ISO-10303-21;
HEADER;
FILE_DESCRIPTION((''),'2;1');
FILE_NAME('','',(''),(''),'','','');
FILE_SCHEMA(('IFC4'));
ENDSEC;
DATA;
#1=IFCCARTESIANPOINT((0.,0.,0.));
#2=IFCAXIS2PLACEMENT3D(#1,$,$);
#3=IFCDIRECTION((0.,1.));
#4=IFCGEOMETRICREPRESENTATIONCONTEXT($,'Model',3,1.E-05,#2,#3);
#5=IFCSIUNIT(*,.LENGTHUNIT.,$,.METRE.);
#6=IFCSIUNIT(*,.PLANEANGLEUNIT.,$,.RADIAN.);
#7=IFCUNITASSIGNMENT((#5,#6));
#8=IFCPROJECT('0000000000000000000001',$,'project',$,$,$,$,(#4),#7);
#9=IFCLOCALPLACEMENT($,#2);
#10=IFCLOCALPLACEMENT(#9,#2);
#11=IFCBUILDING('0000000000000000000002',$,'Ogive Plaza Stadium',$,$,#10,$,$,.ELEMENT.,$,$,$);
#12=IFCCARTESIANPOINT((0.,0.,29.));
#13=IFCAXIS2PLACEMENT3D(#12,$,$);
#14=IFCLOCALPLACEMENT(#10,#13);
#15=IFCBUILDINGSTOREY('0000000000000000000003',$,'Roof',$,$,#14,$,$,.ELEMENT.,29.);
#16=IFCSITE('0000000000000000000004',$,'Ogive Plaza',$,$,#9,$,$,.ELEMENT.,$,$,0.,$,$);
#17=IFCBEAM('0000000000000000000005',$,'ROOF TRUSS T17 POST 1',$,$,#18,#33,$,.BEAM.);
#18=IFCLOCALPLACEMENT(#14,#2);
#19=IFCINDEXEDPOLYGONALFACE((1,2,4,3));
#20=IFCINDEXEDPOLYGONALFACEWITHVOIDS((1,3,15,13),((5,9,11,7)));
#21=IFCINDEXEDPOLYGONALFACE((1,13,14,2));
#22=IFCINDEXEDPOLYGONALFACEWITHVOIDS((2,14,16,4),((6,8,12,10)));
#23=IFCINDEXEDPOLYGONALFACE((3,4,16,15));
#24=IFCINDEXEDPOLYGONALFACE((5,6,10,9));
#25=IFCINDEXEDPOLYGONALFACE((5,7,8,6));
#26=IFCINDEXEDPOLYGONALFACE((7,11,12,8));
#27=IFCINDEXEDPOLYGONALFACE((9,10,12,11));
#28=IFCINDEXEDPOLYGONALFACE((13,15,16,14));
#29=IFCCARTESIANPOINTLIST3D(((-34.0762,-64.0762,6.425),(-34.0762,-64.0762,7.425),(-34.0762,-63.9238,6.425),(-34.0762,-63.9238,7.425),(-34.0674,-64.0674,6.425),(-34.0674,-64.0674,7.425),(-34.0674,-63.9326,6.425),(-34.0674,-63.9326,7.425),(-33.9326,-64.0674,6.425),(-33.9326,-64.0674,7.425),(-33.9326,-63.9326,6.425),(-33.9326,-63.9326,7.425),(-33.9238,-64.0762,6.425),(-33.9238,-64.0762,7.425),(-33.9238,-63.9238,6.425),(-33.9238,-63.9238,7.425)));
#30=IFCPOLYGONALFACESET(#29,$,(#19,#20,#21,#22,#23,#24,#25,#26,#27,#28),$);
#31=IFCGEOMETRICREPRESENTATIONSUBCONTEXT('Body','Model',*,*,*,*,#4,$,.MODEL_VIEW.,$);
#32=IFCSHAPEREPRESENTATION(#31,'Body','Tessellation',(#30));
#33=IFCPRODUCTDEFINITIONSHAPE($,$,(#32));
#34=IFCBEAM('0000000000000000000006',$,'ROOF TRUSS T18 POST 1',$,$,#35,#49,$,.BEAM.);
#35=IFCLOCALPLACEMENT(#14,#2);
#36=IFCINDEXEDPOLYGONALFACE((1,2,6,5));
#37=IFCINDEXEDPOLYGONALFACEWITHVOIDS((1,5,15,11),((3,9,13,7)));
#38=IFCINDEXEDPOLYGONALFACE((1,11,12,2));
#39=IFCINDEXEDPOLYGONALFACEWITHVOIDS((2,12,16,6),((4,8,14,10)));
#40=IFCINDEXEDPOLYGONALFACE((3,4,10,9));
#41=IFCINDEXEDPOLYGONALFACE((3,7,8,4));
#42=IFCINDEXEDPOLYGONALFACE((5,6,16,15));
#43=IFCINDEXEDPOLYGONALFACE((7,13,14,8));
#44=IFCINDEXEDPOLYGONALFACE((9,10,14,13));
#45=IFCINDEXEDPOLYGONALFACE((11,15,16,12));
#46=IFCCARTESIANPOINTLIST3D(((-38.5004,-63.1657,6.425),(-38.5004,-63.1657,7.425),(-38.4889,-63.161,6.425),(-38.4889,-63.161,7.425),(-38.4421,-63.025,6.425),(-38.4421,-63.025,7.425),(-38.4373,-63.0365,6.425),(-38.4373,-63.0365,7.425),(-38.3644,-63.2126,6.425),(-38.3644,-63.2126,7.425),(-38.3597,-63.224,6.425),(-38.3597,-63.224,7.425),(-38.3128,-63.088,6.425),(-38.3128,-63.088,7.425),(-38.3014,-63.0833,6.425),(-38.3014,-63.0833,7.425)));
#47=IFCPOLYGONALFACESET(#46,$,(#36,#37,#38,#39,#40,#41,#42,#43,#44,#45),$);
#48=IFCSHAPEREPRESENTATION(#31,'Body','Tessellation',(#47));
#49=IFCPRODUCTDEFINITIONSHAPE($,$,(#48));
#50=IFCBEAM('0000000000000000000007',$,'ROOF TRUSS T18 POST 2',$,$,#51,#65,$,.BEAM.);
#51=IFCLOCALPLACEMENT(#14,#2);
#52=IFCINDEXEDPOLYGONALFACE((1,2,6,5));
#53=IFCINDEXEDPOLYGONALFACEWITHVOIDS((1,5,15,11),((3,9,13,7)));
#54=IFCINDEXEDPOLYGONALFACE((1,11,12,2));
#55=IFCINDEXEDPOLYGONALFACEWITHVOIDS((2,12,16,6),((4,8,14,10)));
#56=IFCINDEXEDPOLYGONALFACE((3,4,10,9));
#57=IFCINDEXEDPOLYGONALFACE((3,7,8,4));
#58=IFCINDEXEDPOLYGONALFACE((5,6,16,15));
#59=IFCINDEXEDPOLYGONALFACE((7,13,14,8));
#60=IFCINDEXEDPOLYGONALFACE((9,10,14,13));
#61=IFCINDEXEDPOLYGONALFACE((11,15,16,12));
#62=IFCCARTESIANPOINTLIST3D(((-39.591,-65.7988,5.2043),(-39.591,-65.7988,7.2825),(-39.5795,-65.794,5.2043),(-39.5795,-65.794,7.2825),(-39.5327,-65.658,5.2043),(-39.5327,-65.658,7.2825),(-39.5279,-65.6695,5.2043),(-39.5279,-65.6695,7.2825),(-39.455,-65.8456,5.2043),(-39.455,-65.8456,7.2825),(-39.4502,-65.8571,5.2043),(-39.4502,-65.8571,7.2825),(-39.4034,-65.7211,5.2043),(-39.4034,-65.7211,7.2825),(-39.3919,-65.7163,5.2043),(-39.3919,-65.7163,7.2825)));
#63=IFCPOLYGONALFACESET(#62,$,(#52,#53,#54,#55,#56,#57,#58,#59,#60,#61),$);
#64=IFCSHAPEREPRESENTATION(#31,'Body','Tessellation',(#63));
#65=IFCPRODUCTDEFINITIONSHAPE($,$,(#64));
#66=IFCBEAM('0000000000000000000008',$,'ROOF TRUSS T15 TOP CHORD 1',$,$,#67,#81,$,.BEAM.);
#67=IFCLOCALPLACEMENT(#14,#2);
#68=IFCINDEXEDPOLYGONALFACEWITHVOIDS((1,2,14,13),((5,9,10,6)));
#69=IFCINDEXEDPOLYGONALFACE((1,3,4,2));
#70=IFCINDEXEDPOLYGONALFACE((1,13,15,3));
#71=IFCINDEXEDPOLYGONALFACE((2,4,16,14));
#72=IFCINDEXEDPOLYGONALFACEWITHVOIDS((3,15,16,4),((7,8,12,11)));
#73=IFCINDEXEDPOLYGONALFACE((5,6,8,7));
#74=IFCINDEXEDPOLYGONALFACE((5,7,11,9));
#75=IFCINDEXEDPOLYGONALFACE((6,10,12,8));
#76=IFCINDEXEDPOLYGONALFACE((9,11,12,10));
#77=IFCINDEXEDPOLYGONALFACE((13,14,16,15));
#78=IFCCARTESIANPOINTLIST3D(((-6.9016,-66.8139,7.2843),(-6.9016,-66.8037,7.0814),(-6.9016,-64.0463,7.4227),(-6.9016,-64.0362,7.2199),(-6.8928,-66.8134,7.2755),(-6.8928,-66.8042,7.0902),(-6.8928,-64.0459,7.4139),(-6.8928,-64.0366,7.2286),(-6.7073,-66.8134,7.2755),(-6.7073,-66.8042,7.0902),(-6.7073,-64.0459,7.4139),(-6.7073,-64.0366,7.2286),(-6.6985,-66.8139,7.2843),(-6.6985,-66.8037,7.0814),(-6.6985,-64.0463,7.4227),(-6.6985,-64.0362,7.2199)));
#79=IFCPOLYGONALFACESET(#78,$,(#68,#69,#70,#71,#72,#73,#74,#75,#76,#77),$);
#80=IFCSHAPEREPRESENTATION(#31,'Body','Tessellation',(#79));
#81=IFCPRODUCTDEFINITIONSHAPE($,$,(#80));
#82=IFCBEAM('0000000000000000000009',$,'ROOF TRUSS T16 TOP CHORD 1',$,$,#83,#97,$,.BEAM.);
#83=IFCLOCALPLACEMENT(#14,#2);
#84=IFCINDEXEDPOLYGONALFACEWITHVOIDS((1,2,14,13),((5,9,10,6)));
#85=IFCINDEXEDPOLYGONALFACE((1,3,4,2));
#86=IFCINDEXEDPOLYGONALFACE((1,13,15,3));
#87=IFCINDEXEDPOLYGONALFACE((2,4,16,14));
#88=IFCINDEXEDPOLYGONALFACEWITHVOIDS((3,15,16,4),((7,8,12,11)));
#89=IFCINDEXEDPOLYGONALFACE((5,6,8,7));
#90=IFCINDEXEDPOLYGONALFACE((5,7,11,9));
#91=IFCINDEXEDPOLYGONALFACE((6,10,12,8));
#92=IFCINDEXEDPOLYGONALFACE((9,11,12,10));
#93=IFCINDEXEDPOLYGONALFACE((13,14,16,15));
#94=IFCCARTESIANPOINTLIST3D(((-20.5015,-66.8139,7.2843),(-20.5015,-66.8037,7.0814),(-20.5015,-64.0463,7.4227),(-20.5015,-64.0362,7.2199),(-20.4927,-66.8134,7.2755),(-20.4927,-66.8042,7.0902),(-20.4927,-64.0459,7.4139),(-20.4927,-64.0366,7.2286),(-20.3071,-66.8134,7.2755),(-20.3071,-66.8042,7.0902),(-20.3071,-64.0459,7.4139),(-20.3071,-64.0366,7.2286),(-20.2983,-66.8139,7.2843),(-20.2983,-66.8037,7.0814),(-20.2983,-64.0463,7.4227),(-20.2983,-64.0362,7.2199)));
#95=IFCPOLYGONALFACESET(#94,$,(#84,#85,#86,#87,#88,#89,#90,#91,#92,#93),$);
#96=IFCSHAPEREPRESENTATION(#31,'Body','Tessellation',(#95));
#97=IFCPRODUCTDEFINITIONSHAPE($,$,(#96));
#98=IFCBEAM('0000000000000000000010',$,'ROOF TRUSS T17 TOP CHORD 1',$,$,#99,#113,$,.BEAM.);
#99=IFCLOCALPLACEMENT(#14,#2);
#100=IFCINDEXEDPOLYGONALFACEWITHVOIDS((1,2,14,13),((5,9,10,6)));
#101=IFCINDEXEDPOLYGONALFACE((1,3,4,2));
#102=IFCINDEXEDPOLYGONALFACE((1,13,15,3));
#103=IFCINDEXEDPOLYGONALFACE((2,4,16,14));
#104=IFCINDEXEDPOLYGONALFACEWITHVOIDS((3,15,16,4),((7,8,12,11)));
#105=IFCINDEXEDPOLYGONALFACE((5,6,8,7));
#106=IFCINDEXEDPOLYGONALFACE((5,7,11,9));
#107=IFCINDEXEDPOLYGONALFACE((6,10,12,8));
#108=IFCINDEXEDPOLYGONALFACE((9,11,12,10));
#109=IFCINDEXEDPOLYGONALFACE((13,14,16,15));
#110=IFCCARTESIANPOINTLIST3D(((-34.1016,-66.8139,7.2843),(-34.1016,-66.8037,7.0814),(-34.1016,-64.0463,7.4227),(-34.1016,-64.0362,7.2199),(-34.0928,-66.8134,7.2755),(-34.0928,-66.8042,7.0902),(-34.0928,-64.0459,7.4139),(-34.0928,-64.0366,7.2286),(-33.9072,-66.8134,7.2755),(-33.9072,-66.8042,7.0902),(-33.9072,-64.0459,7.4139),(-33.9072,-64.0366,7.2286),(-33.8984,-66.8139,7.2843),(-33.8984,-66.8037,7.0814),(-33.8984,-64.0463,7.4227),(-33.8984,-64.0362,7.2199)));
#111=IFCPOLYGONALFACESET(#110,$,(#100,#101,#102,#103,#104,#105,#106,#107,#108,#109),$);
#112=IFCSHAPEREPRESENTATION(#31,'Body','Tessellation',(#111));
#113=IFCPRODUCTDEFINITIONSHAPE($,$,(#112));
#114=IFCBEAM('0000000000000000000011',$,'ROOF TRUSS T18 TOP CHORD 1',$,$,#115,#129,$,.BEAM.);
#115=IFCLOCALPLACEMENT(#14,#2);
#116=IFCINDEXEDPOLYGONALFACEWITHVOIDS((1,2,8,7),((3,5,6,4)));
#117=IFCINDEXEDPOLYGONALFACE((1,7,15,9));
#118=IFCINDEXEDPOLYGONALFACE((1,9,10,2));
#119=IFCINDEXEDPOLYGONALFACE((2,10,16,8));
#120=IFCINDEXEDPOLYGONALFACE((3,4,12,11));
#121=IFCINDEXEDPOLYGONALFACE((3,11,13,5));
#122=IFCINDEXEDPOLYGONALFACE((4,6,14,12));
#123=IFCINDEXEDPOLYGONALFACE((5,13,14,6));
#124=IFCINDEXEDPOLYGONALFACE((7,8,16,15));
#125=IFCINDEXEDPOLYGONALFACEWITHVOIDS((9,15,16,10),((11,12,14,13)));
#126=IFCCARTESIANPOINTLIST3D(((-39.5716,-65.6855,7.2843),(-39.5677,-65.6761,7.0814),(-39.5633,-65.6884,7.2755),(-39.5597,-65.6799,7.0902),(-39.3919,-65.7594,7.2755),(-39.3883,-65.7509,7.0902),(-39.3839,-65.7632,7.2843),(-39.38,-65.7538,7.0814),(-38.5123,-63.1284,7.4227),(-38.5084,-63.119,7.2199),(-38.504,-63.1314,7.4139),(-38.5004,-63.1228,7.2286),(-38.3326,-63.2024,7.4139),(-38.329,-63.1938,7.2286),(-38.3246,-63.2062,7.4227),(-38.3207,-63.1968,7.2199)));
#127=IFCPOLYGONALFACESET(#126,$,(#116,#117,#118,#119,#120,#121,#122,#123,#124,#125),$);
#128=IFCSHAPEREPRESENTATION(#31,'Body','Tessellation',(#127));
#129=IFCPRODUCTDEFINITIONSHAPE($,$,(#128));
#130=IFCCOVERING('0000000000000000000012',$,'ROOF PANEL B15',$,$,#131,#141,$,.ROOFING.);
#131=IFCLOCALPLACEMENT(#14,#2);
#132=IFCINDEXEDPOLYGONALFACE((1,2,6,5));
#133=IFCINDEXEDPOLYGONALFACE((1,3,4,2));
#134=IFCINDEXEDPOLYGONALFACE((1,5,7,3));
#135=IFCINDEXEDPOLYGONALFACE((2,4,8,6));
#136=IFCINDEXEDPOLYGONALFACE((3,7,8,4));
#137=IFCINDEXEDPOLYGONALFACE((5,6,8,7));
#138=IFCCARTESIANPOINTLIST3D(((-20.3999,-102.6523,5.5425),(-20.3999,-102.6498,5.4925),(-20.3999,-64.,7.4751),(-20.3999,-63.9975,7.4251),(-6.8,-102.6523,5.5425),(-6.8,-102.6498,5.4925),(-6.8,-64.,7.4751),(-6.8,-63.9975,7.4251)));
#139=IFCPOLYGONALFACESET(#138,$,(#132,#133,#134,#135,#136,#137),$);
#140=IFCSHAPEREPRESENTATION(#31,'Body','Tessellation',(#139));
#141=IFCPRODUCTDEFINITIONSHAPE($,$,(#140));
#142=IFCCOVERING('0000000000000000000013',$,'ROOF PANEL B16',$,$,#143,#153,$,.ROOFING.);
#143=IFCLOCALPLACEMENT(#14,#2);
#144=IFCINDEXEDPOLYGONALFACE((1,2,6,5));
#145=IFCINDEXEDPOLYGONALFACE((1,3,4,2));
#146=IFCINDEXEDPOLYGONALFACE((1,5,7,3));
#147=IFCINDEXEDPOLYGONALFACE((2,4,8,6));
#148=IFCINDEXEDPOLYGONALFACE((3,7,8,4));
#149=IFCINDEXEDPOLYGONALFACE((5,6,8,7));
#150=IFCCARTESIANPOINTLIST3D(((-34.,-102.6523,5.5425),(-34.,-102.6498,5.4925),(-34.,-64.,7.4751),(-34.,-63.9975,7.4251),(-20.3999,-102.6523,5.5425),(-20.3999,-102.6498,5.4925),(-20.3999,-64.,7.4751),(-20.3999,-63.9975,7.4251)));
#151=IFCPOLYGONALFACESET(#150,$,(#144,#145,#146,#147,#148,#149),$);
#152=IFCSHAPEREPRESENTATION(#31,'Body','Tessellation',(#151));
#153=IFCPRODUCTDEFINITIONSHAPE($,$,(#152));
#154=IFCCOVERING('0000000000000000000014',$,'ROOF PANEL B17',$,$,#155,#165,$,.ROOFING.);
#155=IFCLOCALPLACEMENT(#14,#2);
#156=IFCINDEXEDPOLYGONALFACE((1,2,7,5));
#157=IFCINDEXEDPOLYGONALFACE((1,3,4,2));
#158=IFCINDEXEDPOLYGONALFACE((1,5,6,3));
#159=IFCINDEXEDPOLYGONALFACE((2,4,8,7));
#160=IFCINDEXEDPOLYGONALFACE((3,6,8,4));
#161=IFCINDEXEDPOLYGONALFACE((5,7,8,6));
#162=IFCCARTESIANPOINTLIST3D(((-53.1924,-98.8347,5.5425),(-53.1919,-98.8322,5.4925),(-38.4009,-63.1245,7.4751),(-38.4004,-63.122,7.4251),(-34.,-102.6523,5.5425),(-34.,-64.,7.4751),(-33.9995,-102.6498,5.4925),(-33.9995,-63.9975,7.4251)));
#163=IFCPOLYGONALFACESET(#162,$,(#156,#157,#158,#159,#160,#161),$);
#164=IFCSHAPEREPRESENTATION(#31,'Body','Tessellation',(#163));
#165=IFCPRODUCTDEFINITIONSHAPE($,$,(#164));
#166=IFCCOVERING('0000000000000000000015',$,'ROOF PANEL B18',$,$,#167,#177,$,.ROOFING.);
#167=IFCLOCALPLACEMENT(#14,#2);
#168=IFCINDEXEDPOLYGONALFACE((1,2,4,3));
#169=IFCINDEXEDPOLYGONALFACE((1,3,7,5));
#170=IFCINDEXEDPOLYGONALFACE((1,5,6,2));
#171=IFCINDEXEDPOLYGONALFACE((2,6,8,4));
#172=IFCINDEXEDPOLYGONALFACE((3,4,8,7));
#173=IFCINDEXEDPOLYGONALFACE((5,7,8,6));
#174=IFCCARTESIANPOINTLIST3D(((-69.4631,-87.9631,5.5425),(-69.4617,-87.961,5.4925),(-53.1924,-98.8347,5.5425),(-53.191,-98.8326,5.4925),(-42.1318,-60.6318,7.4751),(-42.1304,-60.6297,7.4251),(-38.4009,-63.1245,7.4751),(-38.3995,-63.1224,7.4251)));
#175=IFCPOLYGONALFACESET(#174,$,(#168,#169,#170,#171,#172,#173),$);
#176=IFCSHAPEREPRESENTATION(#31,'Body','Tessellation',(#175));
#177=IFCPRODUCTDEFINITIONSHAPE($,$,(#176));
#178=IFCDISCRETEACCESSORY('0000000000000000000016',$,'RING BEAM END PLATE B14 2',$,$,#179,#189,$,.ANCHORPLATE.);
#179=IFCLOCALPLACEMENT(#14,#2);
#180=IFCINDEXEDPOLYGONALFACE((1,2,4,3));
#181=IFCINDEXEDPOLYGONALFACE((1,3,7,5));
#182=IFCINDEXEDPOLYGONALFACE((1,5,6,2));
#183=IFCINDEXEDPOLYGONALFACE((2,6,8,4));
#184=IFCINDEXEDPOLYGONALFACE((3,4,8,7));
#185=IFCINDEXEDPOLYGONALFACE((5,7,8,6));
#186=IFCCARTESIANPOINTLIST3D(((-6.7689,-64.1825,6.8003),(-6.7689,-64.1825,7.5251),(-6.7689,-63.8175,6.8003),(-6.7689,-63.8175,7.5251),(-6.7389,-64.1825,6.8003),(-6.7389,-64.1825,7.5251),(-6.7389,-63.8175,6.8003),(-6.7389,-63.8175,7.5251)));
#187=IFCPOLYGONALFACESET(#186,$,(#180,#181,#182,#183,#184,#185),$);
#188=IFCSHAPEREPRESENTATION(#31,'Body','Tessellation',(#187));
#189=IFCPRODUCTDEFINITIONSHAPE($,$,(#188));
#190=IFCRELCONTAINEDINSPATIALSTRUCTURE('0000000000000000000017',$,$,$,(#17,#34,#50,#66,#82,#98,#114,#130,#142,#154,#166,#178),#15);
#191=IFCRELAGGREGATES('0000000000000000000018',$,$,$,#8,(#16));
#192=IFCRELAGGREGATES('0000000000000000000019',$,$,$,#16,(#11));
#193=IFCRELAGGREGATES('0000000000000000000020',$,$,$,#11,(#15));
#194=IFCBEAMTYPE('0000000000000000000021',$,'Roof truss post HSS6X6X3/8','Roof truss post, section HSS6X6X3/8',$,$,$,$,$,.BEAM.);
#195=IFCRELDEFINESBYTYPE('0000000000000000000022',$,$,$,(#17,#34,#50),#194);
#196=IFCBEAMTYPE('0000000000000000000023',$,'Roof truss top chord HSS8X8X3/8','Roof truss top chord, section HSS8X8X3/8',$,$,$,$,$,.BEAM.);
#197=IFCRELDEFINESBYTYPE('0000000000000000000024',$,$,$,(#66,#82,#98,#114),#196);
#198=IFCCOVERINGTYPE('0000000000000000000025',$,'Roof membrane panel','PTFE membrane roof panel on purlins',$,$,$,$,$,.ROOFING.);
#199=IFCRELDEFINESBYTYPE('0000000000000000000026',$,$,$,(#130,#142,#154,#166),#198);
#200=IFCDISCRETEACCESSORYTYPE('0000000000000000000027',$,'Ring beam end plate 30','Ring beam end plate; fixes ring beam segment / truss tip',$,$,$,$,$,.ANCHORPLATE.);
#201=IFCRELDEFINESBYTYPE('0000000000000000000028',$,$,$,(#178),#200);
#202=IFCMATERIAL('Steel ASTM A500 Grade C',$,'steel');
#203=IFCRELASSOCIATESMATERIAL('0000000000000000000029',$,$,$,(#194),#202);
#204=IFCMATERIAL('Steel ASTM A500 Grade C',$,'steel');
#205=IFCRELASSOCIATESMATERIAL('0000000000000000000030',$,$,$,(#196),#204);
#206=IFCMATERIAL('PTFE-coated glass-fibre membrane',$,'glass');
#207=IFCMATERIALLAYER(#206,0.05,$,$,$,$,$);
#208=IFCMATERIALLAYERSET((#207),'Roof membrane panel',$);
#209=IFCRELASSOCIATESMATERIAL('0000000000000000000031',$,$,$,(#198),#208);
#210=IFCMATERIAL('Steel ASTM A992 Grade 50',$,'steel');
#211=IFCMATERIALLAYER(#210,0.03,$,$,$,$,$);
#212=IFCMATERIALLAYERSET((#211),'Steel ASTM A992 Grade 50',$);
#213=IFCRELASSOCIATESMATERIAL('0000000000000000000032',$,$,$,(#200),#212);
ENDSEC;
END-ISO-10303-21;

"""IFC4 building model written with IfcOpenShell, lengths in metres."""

from ifc_helpers import new_model, si_unit, direction, frame, origin, origin_2d, place, context, subcontext, project, spatial, polyline, rectangle, hollow_rectangle, outline, extrude, material, layer, layer_set, material_profile, profile_set, type_object, element, save


model = new_model("IFC4")

# Units and contexts
model_context = context("Model", 3, precision=1e-05, world=origin(), true_north=direction((0.0, 1.0)))
body_context = subcontext(model_context, "Body", "Model", "MODEL_VIEW")
ifc_project = project(units=[si_unit("LENGTHUNIT", "METRE"), si_unit("PLANEANGLEUNIT", "RADIAN")], contexts=[model_context])

# Site, building, storey
site_placement = place(None, origin())
site = spatial("IfcSite", under=ifc_project, at=site_placement, Name="Ogive Plaza", CompositionType="ELEMENT", RefElevation=0.0)
building_placement = place(site_placement, origin())
building = spatial("IfcBuilding", under=site, at=building_placement, Name="Ogive Plaza Stadium", CompositionType="ELEMENT")
storey_placement = place(building_placement, frame((0.0, 0.0, 29.0)))
storey = spatial("IfcBuildingStorey", under=building, at=storey_placement, Name="Roof", CompositionType="ELEMENT", Elevation=29.0)

# Beams
ifc_material_1 = material(Name="Steel ASTM A500 Grade C", Category="steel")
ifc_material_profile_1 = material_profile(ifc_material_1, hollow_rectangle(XDim=0.1523, YDim=0.1523, WallThickness=0.0088, at=origin_2d()), Name="HSS6X6X3/8")
ifc_profile_set_1 = profile_set([ifc_material_profile_1], Name="Steel ASTM A500 Grade C")
beam_type_1 = type_object("IfcBeamType", Name="Roof truss post HSS6X6X3/8", Description="Roof truss post, section HSS6X6X3/8", PredefinedType="BEAM", material=ifc_profile_set_1)
for number, where, z_axis, x_axis, name in (
    (1, (-34.0, -64.0, 6.425), (0.0, 0.0, 1.0), (1.0, 0.0, 0.0), "ROOF TRUSS T17 POST 1"),
    (2, (-38.4009, -63.1245, 6.425), (0.0, 0.0, 1.0), (0.92388, -0.382683, 0.0), "ROOF TRUSS T18 POST 1"),
):
    element("IfcBeam", number, at=place(storey_placement, frame(where, z_axis=z_axis, x_axis=x_axis)), inside=storey, type_object=beam_type_1, Name=name, PredefinedType="BEAM", context=body_context, shape_type="SweptSolid", body=[
        extrude(hollow_rectangle(XDim=0.1523, YDim=0.1523, WallThickness=0.0088, at=origin_2d()), origin(), (0.0, 0.0, 1.0), 1.0),
    ])
beam_1_placement = place(storey_placement, frame((-39.4915, -65.7576, 5.2043), z_axis=(0.0, 0.0, 1.0), x_axis=(0.92388, -0.382683, 0.0)))
element("IfcBeam", 3, at=beam_1_placement, inside=storey, type_object=beam_type_1, Name="ROOF TRUSS T18 POST 2", PredefinedType="BEAM", context=body_context, shape_type="SweptSolid", body=[
    extrude(hollow_rectangle(XDim=0.1523, YDim=0.1523, WallThickness=0.0088, at=origin_2d()), origin(), (0.0, 0.0, 1.0), 2.0781),
])
ifc_material_2 = material(Name="Steel ASTM A500 Grade C", Category="steel")
ifc_material_profile_2 = material_profile(ifc_material_2, hollow_rectangle(XDim=0.2031, YDim=0.2031, WallThickness=0.0088, at=origin_2d()), Name="HSS8X8X3/8")
ifc_profile_set_2 = profile_set([ifc_material_profile_2], Name="Steel ASTM A500 Grade C")
beam_type_2 = type_object("IfcBeamType", Name="Roof truss top chord HSS8X8X3/8", Description="Roof truss top chord, section HSS8X8X3/8", PredefinedType="BEAM", material=ifc_profile_set_2)
for number, where, z_axis, x_axis, name in (
    (4, (-6.8, -64.0413, 7.3213), (0.0, -0.998751, -0.049955), (1.0, 0.0, 0.0), "ROOF TRUSS T15 TOP CHORD 1"),
    (5, (-20.3999, -64.0413, 7.3213), (0.0, -0.998751, -0.049955), (1.0, 0.0, 0.0), "ROOF TRUSS T16 TOP CHORD 1"),
    (6, (-34.0, -64.0413, 7.3213), (0.0, -0.998751, -0.049955), (1.0, 0.0, 0.0), "ROOF TRUSS T17 TOP CHORD 1"),
):
    element("IfcBeam", number, at=place(storey_placement, frame(where, z_axis=z_axis, x_axis=x_axis)), inside=storey, type_object=beam_type_2, Name=name, PredefinedType="BEAM", context=body_context, shape_type="SweptSolid", body=[
        extrude(hollow_rectangle(XDim=0.2031, YDim=0.2031, WallThickness=0.0088, at=origin_2d()), origin(), (0.0, 0.0, 1.0), 2.771),
    ])
beam_2_placement = place(storey_placement, frame((-38.4165, -63.1626, 7.3213), z_axis=(-0.382245, -0.92271, -0.04995), x_axis=(0.923863, -0.382723, 0.0)))
element("IfcBeam", 7, at=beam_2_placement, inside=storey, type_object=beam_type_2, Name="ROOF TRUSS T18 TOP CHORD 1", PredefinedType="BEAM", context=body_context, shape_type="SweptSolid", body=[
    extrude(hollow_rectangle(XDim=0.2031, YDim=0.2031, WallThickness=0.0088, at=origin_2d()), origin(), (0.0, 0.0, 1.0), 2.7712),
])

# Coverings
ifc_material_3 = material(Name="PTFE-coated glass-fibre membrane", Category="glass")
ifc_layer_1 = layer(ifc_material_3, 0.05)
ifc_layer_set_1 = layer_set([ifc_layer_1], Name="Roof membrane panel")
covering_type = type_object("IfcCoveringType", Name="Roof membrane panel", Description="PTFE membrane roof panel on purlins", PredefinedType="ROOFING", material=ifc_layer_set_1)
covering_1_placement = place(storey_placement, frame((-6.8, -64.0, 7.4751), z_axis=(0.0, -0.049938, 0.998752), x_axis=(0.0, -0.998752, -0.049938)))
element("IfcCovering", 8, at=covering_1_placement, inside=storey, type_object=covering_type, Name="ROOF PANEL B15", PredefinedType="ROOFING", context=body_context, shape_type="SweptSolid", body=[
    extrude(outline(polyline([(0.0, 0.0), (38.7006, 0.0), (38.7006, -13.5999), (0.0, -13.5999), (0.0, 0.0)])), origin(), (0.0, 0.0, -1.0), 0.05),
])
covering_2_placement = place(storey_placement, frame((-20.3999, -64.0, 7.4751), z_axis=(0.0, -0.049938, 0.998752), x_axis=(0.0, -0.998752, -0.049938)))
element("IfcCovering", 9, at=covering_2_placement, inside=storey, type_object=covering_type, Name="ROOF PANEL B16", PredefinedType="ROOFING", context=body_context, shape_type="SweptSolid", body=[
    extrude(outline(polyline([(0.0, 0.0), (38.7006, 0.0), (38.7006, -13.6001), (0.0, -13.6001), (0.0, 0.0)])), origin(), (0.0, 0.0, -1.0), 0.05),
])
covering_3_placement = place(storey_placement, frame((-34.0, -64.0, 7.4751), z_axis=(-0.009933, -0.049935, 0.998703), x_axis=(0.0, -0.998752, -0.049938)))
element("IfcCovering", 10, at=covering_3_placement, inside=storey, type_object=covering_type, Name="ROOF PANEL B17", PredefinedType="ROOFING", context=body_context, shape_type="SweptSolid", body=[
    extrude(outline(polyline([(0.0, 0.0), (38.7006, 0.0), (34.8878, -19.1933), (-0.8744, -4.4011), (0.0, 0.0)])), origin(), (0.0, 0.0, -1.0), 0.05),
])
covering_4_placement = place(storey_placement, frame((-38.4009, -63.1245, 7.4751), z_axis=(-0.028285, -0.042333, 0.998703), x_axis=(-0.382203, -0.922728, -0.049938)))
element("IfcCovering", 11, at=covering_4_placement, inside=storey, type_object=covering_type, Name="ROOF PANEL B18", PredefinedType="ROOFING", context=body_context, shape_type="SweptSolid", body=[
    extrude(outline(polyline([(0.0, 0.0), (38.7007, 0.0), (34.8879, -19.1935), (-0.8741, -4.4011), (0.0, 0.0)])), origin(), (0.0, 0.0, -1.0), 0.05),
])

# Discrete accessory
ifc_material_4 = material(Name="Steel ASTM A992 Grade 50", Category="steel")
ifc_layer_2 = layer(ifc_material_4, 0.03)
ifc_layer_set_2 = layer_set([ifc_layer_2], Name="Steel ASTM A992 Grade 50")
discrete_accessory_type = type_object("IfcDiscreteAccessoryType", Name="Ring beam end plate 30", Description="Ring beam end plate; fixes ring beam segment / truss tip", PredefinedType="ANCHORPLATE", material=ifc_layer_set_2)
for number, where, z_axis, x_axis, name in (
    (12, (-6.7539, -64.0, 6.8003), (0.0, 0.0, 1.0), (-1.0, 0.0, 0.0), "RING BEAM END PLATE B14 2"),
):
    element("IfcDiscreteAccessory", number, at=place(storey_placement, frame(where, z_axis=z_axis, x_axis=x_axis)), inside=storey, type_object=discrete_accessory_type, Name=name, PredefinedType="ANCHORPLATE", context=body_context, shape_type="SweptSolid", body=[
        extrude(rectangle(XDim=0.03, YDim=0.365, at=origin_2d()), origin(), (0.0, 0.0, 1.0), 0.7249),
    ])

save(model, "model.ifc")
